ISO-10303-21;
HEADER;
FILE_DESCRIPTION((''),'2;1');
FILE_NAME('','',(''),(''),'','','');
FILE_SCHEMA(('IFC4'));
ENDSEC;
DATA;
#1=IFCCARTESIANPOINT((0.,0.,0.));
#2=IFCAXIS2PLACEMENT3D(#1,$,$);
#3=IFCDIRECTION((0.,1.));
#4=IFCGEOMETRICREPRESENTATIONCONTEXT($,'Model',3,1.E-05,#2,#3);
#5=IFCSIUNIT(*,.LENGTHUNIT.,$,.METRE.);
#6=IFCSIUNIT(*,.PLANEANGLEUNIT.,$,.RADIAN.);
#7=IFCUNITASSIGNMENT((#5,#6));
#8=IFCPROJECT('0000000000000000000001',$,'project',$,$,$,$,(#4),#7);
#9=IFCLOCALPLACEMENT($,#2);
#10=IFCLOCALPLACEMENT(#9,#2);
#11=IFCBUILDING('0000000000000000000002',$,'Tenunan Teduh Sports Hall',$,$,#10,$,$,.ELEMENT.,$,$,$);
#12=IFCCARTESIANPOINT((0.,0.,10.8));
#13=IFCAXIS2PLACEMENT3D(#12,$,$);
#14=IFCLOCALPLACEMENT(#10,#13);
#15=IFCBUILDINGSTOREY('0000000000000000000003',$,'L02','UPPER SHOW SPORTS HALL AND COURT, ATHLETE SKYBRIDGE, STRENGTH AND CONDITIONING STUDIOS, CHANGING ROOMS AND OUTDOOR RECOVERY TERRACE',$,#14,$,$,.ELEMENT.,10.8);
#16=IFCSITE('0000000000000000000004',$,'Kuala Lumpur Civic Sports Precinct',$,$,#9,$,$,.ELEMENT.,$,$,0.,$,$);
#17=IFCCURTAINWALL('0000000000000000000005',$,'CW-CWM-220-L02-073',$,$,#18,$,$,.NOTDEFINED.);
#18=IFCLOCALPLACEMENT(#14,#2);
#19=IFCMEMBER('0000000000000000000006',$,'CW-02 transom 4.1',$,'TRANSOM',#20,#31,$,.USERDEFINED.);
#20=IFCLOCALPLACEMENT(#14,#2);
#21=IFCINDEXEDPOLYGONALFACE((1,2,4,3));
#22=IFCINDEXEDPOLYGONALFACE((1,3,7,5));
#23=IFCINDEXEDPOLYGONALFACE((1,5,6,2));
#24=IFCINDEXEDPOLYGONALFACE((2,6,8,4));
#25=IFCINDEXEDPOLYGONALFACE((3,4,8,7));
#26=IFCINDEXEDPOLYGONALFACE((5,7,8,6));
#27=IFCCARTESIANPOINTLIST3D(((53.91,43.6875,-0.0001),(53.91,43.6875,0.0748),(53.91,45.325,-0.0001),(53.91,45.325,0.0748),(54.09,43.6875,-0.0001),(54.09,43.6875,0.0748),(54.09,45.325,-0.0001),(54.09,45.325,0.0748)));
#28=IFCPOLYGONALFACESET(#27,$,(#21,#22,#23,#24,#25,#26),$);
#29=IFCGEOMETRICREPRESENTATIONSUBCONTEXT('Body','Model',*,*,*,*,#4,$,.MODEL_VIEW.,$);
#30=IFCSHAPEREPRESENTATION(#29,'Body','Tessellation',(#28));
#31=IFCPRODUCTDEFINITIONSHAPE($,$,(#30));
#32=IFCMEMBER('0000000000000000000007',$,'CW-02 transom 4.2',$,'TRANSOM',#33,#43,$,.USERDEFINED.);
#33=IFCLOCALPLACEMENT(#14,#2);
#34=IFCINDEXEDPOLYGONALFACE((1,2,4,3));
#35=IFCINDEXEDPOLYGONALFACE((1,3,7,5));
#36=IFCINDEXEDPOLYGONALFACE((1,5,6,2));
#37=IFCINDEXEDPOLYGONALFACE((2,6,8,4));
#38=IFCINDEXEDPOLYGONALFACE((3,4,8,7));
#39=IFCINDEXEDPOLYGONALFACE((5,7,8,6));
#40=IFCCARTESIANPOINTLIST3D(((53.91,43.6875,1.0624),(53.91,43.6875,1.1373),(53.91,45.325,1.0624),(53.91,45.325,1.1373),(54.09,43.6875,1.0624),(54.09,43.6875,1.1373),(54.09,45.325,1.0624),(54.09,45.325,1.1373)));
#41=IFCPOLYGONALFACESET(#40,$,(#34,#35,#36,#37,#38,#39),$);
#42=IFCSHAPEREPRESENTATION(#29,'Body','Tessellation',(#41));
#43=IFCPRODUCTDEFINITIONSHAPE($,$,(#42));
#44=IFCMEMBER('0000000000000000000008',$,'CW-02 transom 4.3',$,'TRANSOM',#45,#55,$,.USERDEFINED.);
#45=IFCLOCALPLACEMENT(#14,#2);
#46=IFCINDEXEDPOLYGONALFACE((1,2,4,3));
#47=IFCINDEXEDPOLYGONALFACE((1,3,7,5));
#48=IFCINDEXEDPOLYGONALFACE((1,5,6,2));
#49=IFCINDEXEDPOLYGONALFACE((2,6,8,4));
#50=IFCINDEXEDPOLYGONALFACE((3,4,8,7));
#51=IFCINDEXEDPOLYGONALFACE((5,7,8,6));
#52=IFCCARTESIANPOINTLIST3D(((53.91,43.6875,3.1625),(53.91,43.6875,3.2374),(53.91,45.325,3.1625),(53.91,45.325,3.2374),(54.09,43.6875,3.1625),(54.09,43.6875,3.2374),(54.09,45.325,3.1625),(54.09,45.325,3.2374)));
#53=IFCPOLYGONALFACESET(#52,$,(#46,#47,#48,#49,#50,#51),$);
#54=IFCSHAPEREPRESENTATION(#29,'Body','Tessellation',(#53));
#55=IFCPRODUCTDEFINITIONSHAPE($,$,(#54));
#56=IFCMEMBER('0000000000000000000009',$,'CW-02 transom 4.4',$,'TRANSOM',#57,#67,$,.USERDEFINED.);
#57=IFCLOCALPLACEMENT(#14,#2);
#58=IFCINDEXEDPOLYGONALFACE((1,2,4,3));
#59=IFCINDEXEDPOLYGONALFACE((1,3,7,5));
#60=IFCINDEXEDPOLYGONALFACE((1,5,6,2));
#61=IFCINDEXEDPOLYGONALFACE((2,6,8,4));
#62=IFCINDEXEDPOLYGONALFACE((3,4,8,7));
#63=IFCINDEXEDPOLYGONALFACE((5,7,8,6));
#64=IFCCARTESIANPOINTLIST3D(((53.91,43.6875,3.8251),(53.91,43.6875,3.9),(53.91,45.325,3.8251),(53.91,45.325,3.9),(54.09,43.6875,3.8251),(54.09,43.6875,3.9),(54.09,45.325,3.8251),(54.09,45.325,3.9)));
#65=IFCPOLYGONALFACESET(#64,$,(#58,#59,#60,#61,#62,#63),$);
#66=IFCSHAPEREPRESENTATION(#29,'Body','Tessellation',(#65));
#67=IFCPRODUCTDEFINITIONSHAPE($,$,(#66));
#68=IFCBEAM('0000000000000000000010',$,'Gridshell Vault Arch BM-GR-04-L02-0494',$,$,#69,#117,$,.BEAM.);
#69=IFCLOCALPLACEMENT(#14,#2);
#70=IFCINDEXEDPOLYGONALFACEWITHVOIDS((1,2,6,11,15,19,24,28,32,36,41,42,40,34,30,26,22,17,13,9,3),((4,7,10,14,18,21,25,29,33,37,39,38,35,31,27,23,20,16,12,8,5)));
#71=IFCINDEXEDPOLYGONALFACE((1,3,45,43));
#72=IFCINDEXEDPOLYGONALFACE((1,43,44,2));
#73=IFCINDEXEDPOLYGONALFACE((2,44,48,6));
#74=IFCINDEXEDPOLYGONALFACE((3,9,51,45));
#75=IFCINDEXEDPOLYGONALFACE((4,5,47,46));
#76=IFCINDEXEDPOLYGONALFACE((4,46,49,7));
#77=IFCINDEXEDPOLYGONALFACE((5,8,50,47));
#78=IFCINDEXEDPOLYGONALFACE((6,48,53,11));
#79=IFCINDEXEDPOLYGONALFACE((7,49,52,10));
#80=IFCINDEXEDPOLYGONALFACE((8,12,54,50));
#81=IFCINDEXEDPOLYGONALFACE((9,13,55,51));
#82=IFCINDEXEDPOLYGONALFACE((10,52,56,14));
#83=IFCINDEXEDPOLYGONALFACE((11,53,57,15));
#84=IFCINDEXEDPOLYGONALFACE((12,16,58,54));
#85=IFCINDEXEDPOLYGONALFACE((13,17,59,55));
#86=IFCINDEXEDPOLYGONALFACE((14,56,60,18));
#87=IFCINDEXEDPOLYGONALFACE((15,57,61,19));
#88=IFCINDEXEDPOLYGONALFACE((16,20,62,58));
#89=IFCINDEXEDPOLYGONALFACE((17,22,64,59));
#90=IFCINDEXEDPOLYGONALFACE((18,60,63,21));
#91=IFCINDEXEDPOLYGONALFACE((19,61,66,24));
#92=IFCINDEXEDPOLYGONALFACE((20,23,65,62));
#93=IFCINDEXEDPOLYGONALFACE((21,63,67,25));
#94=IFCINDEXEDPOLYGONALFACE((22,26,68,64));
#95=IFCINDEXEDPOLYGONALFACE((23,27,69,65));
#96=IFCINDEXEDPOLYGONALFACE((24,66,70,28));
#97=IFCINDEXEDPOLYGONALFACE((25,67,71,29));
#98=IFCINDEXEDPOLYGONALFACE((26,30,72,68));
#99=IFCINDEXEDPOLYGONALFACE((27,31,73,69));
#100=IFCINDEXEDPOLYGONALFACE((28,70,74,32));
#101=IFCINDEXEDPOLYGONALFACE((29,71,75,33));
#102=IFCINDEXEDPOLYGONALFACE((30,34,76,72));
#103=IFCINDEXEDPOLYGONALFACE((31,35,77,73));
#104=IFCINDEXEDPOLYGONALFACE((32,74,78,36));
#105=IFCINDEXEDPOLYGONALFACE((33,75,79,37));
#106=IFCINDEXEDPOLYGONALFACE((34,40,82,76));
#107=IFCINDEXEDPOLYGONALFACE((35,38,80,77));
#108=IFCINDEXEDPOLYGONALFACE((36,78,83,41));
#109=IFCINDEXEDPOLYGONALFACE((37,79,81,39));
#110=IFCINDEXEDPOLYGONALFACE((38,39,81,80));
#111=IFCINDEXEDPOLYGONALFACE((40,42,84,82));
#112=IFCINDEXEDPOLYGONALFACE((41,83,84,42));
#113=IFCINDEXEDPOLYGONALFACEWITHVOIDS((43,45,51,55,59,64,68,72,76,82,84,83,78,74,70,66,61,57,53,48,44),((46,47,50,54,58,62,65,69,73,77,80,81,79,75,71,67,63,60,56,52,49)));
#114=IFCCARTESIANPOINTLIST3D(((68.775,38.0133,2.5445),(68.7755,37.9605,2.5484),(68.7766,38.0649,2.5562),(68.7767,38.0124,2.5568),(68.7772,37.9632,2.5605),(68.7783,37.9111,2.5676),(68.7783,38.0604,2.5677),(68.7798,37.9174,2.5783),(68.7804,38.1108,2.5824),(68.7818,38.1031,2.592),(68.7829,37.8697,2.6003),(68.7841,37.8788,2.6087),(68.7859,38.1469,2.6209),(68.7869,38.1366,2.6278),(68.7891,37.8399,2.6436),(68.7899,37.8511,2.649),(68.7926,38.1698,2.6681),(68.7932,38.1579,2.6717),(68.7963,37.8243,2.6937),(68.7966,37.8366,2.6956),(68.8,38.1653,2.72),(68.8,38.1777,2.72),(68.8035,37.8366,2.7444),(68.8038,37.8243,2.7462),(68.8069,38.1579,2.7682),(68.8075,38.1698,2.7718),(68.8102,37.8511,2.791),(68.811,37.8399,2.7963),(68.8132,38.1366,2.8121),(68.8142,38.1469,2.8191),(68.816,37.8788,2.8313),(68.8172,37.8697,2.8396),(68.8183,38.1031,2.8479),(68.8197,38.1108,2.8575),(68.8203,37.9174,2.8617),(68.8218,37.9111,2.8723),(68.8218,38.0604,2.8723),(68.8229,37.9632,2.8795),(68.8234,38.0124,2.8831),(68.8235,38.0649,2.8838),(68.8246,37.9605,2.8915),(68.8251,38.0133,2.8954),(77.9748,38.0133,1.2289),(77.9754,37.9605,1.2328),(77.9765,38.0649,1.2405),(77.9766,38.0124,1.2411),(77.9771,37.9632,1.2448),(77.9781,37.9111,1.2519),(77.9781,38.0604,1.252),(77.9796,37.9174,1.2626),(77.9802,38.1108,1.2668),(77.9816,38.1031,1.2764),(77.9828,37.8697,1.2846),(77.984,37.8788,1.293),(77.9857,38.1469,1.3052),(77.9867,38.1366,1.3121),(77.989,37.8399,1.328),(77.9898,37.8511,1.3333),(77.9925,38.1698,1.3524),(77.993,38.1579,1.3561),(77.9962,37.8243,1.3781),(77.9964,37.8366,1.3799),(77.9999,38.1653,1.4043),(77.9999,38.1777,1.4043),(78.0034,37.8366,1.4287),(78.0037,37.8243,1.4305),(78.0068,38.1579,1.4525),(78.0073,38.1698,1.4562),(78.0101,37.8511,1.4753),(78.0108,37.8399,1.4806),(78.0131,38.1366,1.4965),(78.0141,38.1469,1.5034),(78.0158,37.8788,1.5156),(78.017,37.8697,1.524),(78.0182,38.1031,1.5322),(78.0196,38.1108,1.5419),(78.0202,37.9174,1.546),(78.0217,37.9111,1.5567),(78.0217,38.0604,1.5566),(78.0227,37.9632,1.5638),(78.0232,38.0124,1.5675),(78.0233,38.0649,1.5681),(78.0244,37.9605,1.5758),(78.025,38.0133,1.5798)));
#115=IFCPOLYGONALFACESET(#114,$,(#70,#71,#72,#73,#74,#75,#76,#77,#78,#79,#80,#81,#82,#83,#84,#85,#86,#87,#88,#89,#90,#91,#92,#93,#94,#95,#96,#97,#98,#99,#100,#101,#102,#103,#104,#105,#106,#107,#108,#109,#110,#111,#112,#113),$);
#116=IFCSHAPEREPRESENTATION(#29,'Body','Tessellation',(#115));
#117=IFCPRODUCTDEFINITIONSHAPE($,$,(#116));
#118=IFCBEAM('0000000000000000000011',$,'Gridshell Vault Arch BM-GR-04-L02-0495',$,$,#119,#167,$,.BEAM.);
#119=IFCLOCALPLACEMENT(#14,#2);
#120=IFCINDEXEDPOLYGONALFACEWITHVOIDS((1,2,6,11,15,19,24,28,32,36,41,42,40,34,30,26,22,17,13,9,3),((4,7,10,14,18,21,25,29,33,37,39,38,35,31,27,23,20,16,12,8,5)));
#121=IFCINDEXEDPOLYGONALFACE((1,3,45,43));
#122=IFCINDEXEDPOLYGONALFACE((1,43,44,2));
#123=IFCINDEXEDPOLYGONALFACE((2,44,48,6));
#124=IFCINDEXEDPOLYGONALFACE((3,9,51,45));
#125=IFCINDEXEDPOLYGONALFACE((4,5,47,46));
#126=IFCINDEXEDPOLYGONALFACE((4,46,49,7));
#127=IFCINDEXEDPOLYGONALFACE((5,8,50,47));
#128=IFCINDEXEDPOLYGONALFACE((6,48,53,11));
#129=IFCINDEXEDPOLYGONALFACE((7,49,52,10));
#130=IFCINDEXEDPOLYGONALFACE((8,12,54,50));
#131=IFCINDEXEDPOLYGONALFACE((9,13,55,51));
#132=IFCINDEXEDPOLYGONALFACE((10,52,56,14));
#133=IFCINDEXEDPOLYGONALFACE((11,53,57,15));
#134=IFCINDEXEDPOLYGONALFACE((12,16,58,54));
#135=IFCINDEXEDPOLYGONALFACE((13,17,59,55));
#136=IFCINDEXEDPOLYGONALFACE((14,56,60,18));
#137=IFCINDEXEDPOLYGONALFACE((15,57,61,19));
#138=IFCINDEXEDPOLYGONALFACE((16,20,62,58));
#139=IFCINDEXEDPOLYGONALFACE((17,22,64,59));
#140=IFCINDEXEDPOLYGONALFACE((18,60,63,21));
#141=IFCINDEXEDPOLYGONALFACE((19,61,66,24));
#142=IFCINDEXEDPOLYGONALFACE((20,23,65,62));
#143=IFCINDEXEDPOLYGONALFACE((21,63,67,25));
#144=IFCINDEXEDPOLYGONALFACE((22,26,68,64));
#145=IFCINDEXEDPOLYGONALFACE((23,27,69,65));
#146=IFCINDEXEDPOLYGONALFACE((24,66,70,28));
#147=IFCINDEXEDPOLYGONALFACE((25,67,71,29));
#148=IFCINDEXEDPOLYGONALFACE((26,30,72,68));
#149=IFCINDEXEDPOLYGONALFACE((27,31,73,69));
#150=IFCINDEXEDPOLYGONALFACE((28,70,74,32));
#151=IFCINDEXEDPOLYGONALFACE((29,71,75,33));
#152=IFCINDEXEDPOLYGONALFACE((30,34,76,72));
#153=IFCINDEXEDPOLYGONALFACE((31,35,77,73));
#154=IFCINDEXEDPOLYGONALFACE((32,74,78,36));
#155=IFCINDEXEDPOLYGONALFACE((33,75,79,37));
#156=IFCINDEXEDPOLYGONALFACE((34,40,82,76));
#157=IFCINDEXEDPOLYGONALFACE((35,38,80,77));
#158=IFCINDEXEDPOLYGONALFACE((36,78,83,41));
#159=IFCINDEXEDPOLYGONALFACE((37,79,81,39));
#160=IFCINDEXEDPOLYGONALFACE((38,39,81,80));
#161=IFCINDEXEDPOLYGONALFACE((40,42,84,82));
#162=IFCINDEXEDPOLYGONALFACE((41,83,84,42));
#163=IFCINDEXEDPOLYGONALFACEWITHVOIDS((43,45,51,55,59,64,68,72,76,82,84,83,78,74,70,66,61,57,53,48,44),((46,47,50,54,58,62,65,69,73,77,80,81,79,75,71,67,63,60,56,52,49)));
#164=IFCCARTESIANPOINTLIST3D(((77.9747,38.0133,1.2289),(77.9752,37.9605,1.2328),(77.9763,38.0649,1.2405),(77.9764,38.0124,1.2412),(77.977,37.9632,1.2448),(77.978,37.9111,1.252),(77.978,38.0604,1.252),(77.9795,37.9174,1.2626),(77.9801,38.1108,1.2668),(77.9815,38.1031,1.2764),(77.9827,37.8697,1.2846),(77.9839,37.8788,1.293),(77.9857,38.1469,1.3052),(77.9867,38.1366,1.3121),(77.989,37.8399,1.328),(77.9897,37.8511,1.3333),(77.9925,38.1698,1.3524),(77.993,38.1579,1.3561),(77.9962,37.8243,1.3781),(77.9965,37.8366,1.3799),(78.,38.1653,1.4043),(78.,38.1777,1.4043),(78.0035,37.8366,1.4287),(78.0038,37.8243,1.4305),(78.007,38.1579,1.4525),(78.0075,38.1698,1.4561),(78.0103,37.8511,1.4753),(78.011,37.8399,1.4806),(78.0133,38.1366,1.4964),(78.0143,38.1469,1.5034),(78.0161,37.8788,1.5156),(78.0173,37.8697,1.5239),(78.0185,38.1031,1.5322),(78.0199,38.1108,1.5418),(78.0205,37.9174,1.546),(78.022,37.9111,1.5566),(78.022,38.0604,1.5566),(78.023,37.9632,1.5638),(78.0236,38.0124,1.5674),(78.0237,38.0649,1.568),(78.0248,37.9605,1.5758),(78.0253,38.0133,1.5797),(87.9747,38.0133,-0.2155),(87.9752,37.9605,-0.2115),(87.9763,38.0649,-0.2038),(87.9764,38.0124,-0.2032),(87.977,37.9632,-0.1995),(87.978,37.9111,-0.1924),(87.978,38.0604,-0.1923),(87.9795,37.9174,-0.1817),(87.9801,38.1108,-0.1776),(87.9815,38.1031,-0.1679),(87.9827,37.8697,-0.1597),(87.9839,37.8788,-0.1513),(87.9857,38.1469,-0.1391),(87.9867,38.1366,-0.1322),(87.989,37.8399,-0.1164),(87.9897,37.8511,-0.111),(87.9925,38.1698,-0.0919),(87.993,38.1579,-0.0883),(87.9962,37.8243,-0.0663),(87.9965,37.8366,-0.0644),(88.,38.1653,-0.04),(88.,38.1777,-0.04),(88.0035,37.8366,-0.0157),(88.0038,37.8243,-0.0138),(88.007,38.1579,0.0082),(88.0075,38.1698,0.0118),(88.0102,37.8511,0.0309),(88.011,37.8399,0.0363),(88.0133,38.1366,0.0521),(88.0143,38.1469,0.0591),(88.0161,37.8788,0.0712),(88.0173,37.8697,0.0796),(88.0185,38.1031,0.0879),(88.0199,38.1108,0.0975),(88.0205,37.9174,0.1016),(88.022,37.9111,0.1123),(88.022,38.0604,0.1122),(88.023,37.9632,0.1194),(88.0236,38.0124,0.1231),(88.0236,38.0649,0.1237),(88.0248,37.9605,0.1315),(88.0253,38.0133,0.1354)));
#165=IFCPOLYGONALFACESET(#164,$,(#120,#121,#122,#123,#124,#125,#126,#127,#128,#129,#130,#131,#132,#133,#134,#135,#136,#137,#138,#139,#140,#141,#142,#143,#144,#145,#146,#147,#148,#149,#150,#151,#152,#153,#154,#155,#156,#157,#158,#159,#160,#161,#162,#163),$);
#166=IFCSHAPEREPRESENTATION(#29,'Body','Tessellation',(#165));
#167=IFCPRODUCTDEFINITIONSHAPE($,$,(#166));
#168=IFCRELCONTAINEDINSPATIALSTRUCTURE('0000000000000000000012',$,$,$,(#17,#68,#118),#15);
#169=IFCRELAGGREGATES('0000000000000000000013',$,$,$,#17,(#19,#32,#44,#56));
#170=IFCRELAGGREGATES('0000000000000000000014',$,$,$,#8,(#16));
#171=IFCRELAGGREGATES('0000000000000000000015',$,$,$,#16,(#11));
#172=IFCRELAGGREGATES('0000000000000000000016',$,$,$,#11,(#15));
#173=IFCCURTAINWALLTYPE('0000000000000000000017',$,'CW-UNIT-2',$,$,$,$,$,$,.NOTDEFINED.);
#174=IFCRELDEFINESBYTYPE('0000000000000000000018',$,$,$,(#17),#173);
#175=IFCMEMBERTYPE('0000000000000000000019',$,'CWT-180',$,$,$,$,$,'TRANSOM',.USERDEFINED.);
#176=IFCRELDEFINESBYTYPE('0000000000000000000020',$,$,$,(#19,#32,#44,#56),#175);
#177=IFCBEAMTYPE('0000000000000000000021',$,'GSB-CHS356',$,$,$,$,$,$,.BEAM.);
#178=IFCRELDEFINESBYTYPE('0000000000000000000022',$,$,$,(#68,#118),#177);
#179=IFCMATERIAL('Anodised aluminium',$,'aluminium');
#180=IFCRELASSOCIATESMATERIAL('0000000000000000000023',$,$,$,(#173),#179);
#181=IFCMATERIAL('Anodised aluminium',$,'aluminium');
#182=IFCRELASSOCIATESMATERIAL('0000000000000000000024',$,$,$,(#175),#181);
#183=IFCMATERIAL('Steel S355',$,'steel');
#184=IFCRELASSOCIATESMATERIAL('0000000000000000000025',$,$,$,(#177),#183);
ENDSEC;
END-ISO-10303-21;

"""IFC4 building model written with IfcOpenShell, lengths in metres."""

from ifc_helpers import new_model, si_unit, direction, frame, origin, origin_2d, place, context, subcontext, project, spatial, rectangle, hollow_circle, extrude, material, material_profile, profile_set, type_object, element, aggregate, save


model = new_model("IFC4")

# Units and contexts
model_context = context("Model", 3, precision=1e-05, world=origin(), true_north=direction((0.0, 1.0)))
body_context = subcontext(model_context, "Body", "Model", "MODEL_VIEW")
ifc_project = project(units=[si_unit("LENGTHUNIT", "METRE"), si_unit("PLANEANGLEUNIT", "RADIAN")], contexts=[model_context])

# Site, building, storey
site_placement = place(None, origin())
site = spatial("IfcSite", under=ifc_project, at=site_placement, Name="Kuala Lumpur Civic Sports Precinct", CompositionType="ELEMENT", RefElevation=0.0)
building_placement = place(site_placement, origin())
building = spatial("IfcBuilding", under=site, at=building_placement, Name="Tenunan Teduh Sports Hall", CompositionType="ELEMENT")
storey_placement = place(building_placement, frame((0.0, 0.0, 10.8)))
storey = spatial("IfcBuildingStorey", under=building, at=storey_placement, Name="L02", Description="UPPER SHOW SPORTS HALL AND COURT, ATHLETE SKYBRIDGE, STRENGTH AND CONDITIONING STUDIOS, CHANGING ROOMS AND OUTDOOR RECOVERY TERRACE", CompositionType="ELEMENT", Elevation=10.8)

# Curtain wall, members
ifc_material_1 = material(Name="Anodised aluminium", Category="aluminium")
curtain_wall_type = type_object("IfcCurtainWallType", Name="CW-UNIT-2", PredefinedType="NOTDEFINED", material=ifc_material_1)
curtain_wall_placement = place(storey_placement, origin())
curtain_wall = element("IfcCurtainWall", 1, at=curtain_wall_placement, inside=storey, type_object=curtain_wall_type, Name="CW-CWM-220-L02-073", PredefinedType="NOTDEFINED")
ifc_material_2 = material(Name="Anodised aluminium", Category="aluminium")
ifc_material_profile_1 = material_profile(ifc_material_2, rectangle(XDim=0.075, YDim=0.1799, at=origin_2d()), Name="CWT 75x180")
ifc_profile_set_1 = profile_set([ifc_material_profile_1], Name="Anodised aluminium")
member_type_1 = type_object("IfcMemberType", Name="CWT-180", ElementType="TRANSOM", PredefinedType="USERDEFINED", material=ifc_profile_set_1)
member_1_placement = place(storey_placement, frame((54.0, 43.6875, 0.0374), z_axis=(0.0, 1.0, 0.0), x_axis=(0.0, 0.0, 1.0)))
member_1 = element("IfcMember", 2, at=member_1_placement, type_object=member_type_1, Name="CW-02 transom 4.1", ObjectType="TRANSOM", PredefinedType="USERDEFINED", context=body_context, shape_type="SweptSolid", body=[
    extrude(rectangle(XDim=0.075, YDim=0.1799, at=origin_2d()), origin(), (0.0, 0.0, 1.0), 1.6375),
])
member_2_placement = place(storey_placement, frame((54.0, 43.6875, 1.0999), z_axis=(0.0, 1.0, 0.0), x_axis=(0.0, 0.0, 1.0)))
member_2 = element("IfcMember", 3, at=member_2_placement, type_object=member_type_1, Name="CW-02 transom 4.2", ObjectType="TRANSOM", PredefinedType="USERDEFINED", context=body_context, shape_type="SweptSolid", body=[
    extrude(rectangle(XDim=0.075, YDim=0.1799, at=origin_2d()), origin(), (0.0, 0.0, 1.0), 1.6375),
])
member_3_placement = place(storey_placement, frame((54.0, 43.6875, 3.2), z_axis=(0.0, 1.0, 0.0), x_axis=(0.0, 0.0, 1.0)))
member_3 = element("IfcMember", 4, at=member_3_placement, type_object=member_type_1, Name="CW-02 transom 4.3", ObjectType="TRANSOM", PredefinedType="USERDEFINED", context=body_context, shape_type="SweptSolid", body=[
    extrude(rectangle(XDim=0.075, YDim=0.1799, at=origin_2d()), origin(), (0.0, 0.0, 1.0), 1.6375),
])
member_4_placement = place(storey_placement, frame((54.0, 43.6875, 3.8625), z_axis=(0.0, 1.0, 0.0), x_axis=(0.0, 0.0, 1.0)))
member_4 = element("IfcMember", 5, at=member_4_placement, type_object=member_type_1, Name="CW-02 transom 4.4", ObjectType="TRANSOM", PredefinedType="USERDEFINED", context=body_context, shape_type="SweptSolid", body=[
    extrude(rectangle(XDim=0.075, YDim=0.1799, at=origin_2d()), origin(), (0.0, 0.0, 1.0), 1.6375),
])

# Beams
ifc_material_3 = material(Name="Steel S355", Category="steel")
ifc_material_profile_2 = material_profile(ifc_material_3, hollow_circle(Radius=0.1777, WallThickness=0.0125, at=origin_2d()), Name="CHS 355.6x12.5")
ifc_profile_set_2 = profile_set([ifc_material_profile_2], Name="Steel S355")
beam_type_1 = type_object("IfcBeamType", Name="GSB-CHS356", PredefinedType="BEAM", material=ifc_profile_set_2)
beam_1_placement = place(storey_placement, frame((68.8, 38.0, 2.72), z_axis=(0.989928, 0.0, -0.141568), x_axis=(0.0, 1.0, 0.0)))
element("IfcBeam", 6, at=beam_1_placement, inside=storey, type_object=beam_type_1, Name="Gridshell Vault Arch BM-GR-04-L02-0494", PredefinedType="BEAM", context=body_context, shape_type="SweptSolid", body=[
    extrude(hollow_circle(Radius=0.1777, WallThickness=0.0125, at=origin_2d()), origin(), (0.0, 0.0, 1.0), 9.2935),
])
beam_2_placement = place(storey_placement, frame((78.0, 38.0, 1.4043), z_axis=(0.98973, 0.0, -0.14295), x_axis=(0.0, 1.0, 0.0)))
element("IfcBeam", 7, at=beam_2_placement, inside=storey, type_object=beam_type_1, Name="Gridshell Vault Arch BM-GR-04-L02-0495", PredefinedType="BEAM", context=body_context, shape_type="SweptSolid", body=[
    extrude(hollow_circle(Radius=0.1777, WallThickness=0.0125, at=origin_2d()), origin(), (0.0, 0.0, 1.0), 10.1038),
])

aggregate(curtain_wall, [member_1, member_2, member_3, member_4])

save(model, "model.ifc")
